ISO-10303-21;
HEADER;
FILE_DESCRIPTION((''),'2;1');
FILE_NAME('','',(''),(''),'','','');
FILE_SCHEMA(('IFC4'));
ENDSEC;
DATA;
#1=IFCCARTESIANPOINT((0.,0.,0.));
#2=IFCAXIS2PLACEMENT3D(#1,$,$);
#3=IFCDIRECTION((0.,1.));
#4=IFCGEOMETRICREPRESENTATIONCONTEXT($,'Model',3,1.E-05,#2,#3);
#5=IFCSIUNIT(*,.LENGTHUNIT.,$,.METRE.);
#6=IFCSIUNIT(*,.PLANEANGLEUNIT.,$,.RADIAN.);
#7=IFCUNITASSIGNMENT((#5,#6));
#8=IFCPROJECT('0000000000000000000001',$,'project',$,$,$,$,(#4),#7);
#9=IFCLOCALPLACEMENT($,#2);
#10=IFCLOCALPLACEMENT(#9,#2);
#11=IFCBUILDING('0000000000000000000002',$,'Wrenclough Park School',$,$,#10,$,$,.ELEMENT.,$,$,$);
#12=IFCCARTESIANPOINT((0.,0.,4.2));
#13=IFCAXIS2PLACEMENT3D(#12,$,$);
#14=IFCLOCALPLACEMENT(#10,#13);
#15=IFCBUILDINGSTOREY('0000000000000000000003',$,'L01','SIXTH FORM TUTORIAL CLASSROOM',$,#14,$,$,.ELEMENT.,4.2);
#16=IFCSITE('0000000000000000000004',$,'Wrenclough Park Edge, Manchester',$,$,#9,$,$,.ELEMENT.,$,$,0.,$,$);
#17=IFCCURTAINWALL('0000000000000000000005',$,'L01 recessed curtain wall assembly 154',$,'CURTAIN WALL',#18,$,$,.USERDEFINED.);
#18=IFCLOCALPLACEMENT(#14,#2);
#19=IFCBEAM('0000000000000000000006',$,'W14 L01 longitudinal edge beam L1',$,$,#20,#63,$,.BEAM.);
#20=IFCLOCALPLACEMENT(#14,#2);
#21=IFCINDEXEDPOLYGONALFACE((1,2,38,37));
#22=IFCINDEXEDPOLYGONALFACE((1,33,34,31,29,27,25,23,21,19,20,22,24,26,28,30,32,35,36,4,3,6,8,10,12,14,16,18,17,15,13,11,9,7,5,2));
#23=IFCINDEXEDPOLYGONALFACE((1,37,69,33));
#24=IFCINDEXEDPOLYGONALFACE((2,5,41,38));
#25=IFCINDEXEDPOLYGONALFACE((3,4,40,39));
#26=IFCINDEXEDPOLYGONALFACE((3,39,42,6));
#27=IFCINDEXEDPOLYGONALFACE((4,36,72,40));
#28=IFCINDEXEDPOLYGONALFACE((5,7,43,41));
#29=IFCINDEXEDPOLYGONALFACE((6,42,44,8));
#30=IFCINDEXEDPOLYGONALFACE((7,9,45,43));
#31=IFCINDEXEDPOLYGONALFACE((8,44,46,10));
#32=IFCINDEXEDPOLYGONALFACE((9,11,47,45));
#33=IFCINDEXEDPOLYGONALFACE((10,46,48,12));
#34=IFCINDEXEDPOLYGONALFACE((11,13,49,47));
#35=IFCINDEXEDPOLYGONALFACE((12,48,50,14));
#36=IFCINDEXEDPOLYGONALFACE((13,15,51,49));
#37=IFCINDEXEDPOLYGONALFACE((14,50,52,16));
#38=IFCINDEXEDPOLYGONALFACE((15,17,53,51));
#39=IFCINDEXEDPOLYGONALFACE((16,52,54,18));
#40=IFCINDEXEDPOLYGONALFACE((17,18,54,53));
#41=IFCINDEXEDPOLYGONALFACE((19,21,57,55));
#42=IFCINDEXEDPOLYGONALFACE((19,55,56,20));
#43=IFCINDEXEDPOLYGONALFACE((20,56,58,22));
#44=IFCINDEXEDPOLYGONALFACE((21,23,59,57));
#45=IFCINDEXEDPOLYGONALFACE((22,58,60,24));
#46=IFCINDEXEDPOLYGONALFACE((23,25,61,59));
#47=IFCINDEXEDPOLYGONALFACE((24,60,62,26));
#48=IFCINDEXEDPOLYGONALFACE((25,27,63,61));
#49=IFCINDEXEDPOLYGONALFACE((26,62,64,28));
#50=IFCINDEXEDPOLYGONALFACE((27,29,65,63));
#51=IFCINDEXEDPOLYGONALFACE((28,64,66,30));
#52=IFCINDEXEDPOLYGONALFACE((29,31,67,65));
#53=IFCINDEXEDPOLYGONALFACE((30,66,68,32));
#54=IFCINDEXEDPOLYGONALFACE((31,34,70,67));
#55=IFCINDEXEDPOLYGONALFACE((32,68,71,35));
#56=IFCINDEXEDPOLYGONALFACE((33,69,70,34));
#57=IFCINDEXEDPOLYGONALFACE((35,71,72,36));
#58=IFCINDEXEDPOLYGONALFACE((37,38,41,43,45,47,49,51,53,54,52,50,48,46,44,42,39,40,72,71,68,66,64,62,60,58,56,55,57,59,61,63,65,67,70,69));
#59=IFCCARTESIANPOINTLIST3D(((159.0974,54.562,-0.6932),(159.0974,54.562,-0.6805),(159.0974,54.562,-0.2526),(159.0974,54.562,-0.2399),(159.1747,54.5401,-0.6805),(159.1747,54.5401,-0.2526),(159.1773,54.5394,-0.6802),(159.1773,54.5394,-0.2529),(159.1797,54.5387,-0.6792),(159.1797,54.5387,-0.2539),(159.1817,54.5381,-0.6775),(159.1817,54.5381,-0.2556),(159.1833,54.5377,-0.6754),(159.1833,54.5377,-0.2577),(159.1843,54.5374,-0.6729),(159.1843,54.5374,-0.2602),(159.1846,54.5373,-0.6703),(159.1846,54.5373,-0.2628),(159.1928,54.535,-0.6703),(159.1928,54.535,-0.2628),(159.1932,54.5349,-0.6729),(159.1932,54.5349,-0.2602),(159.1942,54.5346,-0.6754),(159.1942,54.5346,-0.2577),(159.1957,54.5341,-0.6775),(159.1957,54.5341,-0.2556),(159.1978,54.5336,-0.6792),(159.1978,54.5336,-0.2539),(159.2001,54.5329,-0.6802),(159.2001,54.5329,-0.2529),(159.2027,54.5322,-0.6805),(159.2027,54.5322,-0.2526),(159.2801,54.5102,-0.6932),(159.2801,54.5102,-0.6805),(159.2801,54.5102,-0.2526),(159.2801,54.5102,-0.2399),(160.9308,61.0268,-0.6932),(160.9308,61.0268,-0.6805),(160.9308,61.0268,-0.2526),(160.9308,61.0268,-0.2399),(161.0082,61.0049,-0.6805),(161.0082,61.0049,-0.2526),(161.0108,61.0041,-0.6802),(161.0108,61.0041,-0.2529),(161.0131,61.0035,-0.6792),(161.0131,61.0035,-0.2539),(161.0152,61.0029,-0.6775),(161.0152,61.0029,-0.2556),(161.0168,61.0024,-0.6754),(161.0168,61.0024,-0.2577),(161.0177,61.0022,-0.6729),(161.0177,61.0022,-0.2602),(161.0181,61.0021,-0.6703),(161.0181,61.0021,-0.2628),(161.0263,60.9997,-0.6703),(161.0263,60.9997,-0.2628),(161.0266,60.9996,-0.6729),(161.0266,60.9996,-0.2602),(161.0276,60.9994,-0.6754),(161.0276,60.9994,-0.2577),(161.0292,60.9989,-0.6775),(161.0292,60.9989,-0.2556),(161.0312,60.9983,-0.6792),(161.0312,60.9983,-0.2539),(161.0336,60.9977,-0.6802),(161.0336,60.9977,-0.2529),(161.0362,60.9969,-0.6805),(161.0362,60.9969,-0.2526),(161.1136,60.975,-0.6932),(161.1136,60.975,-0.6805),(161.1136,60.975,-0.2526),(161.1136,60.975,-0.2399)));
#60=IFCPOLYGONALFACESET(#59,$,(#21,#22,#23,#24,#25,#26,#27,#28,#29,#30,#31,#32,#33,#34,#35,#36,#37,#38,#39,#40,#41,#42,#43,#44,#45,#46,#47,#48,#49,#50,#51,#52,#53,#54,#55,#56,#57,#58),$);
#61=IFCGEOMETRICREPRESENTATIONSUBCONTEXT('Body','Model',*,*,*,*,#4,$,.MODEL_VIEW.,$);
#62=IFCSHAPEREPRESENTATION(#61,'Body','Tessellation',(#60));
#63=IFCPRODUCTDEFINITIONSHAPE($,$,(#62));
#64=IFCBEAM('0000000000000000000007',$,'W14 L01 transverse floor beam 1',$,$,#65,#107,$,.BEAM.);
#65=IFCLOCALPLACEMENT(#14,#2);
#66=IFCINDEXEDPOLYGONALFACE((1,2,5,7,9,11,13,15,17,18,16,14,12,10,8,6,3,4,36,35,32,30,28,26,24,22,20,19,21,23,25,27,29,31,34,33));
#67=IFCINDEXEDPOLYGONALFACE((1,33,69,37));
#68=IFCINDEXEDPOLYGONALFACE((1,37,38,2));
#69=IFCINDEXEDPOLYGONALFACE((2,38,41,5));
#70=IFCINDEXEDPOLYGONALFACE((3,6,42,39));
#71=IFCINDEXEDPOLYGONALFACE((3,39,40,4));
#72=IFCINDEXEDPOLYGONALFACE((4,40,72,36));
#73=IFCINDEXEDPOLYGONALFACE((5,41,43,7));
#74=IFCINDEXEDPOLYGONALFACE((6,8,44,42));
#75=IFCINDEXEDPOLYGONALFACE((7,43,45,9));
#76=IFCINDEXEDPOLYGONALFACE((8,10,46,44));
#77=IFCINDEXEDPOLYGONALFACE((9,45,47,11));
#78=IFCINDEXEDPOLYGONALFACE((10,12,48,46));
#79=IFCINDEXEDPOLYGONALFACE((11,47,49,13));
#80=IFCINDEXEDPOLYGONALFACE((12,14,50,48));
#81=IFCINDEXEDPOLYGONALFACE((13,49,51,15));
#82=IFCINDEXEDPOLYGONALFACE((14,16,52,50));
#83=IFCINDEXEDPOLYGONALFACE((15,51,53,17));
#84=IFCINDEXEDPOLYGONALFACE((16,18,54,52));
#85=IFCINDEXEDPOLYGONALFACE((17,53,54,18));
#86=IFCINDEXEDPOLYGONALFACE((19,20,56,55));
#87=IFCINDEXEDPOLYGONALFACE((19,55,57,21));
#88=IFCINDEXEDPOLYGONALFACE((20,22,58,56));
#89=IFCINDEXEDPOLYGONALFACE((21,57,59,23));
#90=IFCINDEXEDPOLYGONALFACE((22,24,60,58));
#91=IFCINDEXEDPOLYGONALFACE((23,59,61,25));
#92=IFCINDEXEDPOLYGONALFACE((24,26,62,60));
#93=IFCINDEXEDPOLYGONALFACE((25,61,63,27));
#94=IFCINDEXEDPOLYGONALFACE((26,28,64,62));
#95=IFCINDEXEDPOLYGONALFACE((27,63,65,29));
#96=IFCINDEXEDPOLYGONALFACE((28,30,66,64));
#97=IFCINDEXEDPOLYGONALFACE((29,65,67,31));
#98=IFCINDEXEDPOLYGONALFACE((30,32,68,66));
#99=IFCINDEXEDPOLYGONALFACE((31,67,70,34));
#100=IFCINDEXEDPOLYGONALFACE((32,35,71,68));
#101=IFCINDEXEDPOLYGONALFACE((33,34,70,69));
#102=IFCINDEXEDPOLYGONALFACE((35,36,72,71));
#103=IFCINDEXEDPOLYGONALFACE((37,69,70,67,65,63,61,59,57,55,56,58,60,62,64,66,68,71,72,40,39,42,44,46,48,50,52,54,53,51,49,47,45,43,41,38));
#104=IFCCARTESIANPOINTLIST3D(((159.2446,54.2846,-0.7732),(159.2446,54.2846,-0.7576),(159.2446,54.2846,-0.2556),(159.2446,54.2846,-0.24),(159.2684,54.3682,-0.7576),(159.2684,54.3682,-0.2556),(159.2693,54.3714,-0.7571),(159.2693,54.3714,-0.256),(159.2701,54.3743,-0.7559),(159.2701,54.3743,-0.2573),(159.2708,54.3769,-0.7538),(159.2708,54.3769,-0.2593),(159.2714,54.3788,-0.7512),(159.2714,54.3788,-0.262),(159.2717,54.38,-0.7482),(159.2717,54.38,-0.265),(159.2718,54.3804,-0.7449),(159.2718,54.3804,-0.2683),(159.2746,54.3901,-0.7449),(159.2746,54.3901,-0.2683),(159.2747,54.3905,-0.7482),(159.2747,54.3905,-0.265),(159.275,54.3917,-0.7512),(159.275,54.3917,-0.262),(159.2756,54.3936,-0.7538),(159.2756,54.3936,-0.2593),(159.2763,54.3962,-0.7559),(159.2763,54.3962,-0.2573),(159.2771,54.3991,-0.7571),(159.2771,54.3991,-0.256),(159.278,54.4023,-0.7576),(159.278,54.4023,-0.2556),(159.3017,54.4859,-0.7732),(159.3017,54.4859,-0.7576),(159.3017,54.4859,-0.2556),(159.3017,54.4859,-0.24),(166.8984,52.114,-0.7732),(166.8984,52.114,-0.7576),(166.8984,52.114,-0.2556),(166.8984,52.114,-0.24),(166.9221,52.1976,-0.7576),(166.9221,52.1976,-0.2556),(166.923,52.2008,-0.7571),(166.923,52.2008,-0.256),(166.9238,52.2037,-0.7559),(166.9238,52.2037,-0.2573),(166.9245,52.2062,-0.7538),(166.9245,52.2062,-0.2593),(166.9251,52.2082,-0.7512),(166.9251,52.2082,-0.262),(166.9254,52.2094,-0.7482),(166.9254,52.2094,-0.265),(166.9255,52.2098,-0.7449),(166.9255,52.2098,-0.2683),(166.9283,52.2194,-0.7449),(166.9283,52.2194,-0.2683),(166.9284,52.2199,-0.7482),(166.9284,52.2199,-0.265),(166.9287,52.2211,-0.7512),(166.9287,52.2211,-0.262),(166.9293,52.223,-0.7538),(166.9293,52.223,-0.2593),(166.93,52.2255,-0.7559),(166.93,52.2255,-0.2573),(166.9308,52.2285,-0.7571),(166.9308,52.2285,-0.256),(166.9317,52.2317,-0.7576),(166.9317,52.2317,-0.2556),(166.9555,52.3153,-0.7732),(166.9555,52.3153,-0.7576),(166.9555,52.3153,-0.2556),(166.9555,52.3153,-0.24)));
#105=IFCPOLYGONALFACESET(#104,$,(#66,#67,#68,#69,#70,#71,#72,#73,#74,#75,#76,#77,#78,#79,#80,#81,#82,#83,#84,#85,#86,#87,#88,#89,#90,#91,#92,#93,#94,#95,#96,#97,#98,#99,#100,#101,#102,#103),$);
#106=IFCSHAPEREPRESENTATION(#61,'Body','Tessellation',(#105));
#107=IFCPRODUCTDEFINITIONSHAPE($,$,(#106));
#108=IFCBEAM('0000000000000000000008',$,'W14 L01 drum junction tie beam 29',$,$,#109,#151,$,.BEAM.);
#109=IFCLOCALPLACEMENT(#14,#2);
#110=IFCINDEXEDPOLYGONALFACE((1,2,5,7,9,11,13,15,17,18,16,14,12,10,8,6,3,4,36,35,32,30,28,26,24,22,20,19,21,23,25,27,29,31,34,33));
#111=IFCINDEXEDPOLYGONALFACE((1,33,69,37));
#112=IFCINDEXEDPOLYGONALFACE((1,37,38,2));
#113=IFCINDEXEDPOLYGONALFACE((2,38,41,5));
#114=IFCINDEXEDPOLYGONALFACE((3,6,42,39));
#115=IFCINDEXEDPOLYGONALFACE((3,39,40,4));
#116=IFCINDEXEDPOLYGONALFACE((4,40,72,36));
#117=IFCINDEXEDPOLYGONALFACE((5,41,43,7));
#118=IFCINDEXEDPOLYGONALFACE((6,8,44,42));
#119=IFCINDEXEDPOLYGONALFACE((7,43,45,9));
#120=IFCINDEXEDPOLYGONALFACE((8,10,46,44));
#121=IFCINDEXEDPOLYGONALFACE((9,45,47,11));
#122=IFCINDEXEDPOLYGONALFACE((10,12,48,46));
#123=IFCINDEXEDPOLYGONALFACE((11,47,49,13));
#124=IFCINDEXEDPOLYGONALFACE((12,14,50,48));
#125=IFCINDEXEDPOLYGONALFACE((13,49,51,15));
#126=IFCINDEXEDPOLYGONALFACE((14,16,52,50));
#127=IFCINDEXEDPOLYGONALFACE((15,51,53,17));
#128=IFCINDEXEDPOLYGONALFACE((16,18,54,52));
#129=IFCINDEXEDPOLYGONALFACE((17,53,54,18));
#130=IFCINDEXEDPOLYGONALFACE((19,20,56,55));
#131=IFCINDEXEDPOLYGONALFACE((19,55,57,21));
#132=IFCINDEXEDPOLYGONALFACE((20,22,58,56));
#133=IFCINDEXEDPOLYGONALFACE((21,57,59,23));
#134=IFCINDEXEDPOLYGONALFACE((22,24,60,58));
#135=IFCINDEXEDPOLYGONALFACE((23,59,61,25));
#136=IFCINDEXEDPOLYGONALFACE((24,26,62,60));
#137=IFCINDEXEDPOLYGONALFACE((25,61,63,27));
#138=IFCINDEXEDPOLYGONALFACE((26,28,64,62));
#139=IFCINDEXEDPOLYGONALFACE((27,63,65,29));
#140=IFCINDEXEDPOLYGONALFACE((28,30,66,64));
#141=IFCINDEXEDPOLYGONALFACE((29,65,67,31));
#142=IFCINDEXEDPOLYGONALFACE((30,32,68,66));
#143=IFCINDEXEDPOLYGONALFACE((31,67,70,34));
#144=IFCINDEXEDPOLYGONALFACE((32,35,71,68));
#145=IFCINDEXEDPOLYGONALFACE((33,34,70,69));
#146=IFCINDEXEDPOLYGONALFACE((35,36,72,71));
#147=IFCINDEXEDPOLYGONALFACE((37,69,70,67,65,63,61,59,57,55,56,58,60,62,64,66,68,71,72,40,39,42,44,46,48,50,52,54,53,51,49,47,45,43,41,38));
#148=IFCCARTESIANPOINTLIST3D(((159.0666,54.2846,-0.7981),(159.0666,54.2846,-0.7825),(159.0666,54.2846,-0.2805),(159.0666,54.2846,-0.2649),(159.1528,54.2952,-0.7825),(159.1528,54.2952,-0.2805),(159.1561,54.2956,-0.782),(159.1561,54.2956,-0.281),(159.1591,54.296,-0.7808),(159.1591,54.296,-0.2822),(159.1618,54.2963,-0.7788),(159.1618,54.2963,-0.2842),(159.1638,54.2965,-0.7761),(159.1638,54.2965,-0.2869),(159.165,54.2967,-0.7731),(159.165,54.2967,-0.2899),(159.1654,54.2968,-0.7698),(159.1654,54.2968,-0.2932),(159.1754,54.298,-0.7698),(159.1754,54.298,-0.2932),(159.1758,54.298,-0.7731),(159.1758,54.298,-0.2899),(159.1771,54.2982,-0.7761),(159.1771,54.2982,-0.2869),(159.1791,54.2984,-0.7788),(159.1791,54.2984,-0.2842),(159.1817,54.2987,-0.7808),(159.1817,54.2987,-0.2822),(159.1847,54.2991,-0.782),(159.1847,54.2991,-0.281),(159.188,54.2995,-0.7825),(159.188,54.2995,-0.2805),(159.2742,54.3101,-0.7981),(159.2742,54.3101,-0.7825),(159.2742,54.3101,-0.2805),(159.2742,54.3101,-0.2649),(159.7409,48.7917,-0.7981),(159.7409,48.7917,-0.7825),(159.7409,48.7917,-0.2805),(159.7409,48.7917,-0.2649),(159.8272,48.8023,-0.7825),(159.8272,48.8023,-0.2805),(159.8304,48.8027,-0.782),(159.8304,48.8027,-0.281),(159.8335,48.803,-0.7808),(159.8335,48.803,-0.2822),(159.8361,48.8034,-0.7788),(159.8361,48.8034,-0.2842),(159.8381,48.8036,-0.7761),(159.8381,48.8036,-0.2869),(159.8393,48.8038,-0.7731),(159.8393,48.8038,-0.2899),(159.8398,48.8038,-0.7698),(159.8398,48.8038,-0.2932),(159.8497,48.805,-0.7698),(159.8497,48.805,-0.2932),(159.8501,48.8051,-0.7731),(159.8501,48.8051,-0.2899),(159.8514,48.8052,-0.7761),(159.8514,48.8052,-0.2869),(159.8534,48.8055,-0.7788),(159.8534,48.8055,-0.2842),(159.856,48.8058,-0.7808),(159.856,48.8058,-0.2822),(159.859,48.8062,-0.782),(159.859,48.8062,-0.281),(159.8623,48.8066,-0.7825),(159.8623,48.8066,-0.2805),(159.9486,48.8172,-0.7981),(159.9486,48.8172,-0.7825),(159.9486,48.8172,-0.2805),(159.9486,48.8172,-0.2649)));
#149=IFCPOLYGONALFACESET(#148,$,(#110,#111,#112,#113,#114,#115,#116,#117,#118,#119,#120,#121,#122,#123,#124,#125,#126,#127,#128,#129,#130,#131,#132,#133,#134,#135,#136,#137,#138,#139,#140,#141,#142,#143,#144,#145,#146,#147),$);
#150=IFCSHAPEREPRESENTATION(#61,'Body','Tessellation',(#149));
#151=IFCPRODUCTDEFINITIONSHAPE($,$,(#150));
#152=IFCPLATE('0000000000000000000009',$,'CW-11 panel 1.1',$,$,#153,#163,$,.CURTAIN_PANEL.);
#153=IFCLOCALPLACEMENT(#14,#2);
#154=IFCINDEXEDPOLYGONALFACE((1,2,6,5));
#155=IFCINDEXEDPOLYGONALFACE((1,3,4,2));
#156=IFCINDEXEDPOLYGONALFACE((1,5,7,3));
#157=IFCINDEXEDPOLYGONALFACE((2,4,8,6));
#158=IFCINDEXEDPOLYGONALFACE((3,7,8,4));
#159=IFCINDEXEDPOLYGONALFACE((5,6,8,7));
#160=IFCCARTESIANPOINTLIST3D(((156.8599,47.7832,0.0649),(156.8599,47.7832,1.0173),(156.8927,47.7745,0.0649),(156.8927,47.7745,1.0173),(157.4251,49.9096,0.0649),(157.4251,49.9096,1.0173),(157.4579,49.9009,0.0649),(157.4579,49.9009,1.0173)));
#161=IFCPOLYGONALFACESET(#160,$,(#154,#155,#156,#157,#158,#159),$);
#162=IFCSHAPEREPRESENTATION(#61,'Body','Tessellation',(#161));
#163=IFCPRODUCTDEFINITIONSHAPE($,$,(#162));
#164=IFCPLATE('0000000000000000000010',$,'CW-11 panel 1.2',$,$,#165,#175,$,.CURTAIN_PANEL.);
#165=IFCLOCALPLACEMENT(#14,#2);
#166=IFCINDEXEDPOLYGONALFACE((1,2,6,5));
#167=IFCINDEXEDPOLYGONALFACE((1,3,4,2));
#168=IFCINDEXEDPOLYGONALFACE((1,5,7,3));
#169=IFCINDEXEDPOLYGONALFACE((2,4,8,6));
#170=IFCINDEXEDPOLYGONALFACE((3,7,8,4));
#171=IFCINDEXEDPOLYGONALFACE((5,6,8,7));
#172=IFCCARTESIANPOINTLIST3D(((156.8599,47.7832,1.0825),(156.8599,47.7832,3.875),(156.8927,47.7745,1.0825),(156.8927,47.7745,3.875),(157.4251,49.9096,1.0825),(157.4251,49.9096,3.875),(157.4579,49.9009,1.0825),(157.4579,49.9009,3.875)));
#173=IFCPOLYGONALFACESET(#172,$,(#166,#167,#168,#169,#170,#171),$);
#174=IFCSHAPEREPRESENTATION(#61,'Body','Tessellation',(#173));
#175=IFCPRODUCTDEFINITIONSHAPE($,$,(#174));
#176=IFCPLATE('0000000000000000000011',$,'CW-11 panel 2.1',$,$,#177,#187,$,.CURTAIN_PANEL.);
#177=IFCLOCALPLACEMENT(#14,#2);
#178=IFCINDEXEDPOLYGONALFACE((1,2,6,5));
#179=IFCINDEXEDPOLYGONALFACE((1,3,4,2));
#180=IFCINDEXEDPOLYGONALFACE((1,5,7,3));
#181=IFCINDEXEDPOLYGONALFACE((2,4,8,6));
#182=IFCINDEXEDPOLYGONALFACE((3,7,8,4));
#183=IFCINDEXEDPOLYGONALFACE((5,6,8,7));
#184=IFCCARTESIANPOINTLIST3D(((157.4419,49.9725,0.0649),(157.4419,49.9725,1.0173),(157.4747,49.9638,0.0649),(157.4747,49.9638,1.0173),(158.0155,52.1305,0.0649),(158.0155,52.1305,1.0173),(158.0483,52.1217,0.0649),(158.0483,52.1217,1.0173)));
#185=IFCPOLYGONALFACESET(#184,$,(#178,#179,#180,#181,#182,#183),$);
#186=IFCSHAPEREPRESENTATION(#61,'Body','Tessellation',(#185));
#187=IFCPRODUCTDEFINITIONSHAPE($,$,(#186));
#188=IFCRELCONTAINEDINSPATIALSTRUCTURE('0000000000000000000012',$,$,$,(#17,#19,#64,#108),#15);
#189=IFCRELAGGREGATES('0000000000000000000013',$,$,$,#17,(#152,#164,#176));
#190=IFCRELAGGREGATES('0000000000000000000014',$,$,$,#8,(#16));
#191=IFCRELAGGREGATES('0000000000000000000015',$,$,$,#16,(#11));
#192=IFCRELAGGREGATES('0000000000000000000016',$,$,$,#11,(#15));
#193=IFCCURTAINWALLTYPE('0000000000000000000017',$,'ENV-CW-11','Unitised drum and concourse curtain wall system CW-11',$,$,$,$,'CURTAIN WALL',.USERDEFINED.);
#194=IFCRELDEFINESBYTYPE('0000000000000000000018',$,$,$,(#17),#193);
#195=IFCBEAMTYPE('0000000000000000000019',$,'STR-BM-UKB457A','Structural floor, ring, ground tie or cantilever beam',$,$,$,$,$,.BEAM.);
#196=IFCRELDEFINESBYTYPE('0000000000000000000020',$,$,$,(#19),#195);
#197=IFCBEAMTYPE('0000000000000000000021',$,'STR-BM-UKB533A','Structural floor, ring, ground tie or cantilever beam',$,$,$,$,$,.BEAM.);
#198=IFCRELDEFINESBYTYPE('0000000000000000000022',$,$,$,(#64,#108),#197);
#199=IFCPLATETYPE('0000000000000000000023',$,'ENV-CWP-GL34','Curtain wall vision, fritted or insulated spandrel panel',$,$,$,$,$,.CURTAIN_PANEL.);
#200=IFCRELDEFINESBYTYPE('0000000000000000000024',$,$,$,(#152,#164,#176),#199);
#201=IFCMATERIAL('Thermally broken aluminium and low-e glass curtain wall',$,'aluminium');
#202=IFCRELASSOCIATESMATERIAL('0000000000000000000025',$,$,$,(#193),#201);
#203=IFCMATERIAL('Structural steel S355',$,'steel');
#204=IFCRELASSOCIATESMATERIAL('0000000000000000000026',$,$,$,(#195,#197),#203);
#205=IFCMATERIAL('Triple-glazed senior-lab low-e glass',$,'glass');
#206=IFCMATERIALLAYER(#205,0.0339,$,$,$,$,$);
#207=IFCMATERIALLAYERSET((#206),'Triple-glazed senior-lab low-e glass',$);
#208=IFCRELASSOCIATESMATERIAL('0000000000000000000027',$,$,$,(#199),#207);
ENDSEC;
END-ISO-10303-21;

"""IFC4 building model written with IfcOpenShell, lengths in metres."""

from ifc_helpers import new_model, si_unit, direction, frame, origin, origin_2d, place, context, subcontext, project, spatial, rectangle, i_section, extrude, material, layer, layer_set, material_profile, profile_set, type_object, element, aggregate, save


model = new_model("IFC4")

# Units and contexts
model_context = context("Model", 3, precision=1e-05, world=origin(), true_north=direction((0.0, 1.0)))
body_context = subcontext(model_context, "Body", "Model", "MODEL_VIEW")
ifc_project = project(units=[si_unit("LENGTHUNIT", "METRE"), si_unit("PLANEANGLEUNIT", "RADIAN")], contexts=[model_context])

# Site, building, storey
site_placement = place(None, origin())
site = spatial("IfcSite", under=ifc_project, at=site_placement, Name="Wrenclough Park Edge, Manchester", CompositionType="ELEMENT", RefElevation=0.0)
building_placement = place(site_placement, origin())
building = spatial("IfcBuilding", under=site, at=building_placement, Name="Wrenclough Park School", CompositionType="ELEMENT")
storey_placement = place(building_placement, frame((0.0, 0.0, 4.2)))
storey = spatial("IfcBuildingStorey", under=building, at=storey_placement, Name="L01", Description="SIXTH FORM TUTORIAL CLASSROOM", CompositionType="ELEMENT", Elevation=4.2)

# Shared definitions
ifc_material_1 = material(Name="Structural steel S355", Category="steel")

# Curtain wall
ifc_material_2 = material(Name="Thermally broken aluminium and low-e glass curtain wall", Category="aluminium")
curtain_wall_type = type_object("IfcCurtainWallType", Name="ENV-CW-11", Description="Unitised drum and concourse curtain wall system CW-11", ElementType="CURTAIN WALL", PredefinedType="USERDEFINED", material=ifc_material_2)
curtain_wall_placement = place(storey_placement, origin())
curtain_wall = element("IfcCurtainWall", 1, at=curtain_wall_placement, inside=storey, type_object=curtain_wall_type, Name="L01 recessed curtain wall assembly 154", ObjectType="CURTAIN WALL", PredefinedType="USERDEFINED")

# Beams
ifc_material_profile_1 = material_profile(ifc_material_1, i_section(OverallWidth=0.1899, OverallDepth=0.4534, WebThickness=0.0085, FlangeThickness=0.0127, FilletRadius=0.0103, at=origin_2d()), Name="UKB 457x191x67")
ifc_profile_set_1 = profile_set([ifc_material_profile_1], Name="Structural steel S355")
beam_type_1 = type_object("IfcBeamType", Name="STR-BM-UKB457A", Description="Structural floor, ring, ground tie or cantilever beam", PredefinedType="BEAM", material=ifc_profile_set_1)
beam_1_placement = place(storey_placement, frame((159.1887, 54.5361, -0.4666), z_axis=(0.272849, 0.962057, 0.0), x_axis=(-0.962057, 0.272849, 0.0)))
element("IfcBeam", 2, at=beam_1_placement, inside=storey, type_object=beam_type_1, Name="W14 L01 longitudinal edge beam L1", PredefinedType="BEAM", context=body_context, shape_type="SweptSolid", body=[
    extrude(i_section(OverallWidth=0.1899, OverallDepth=0.4534, WebThickness=0.0085, FlangeThickness=0.0127, FilletRadius=0.0103, at=origin_2d()), origin(), (0.0, 0.0, 1.0), 6.7197),
])
ifc_material_profile_2 = material_profile(ifc_material_1, i_section(OverallWidth=0.2092, OverallDepth=0.5332, WebThickness=0.01, FlangeThickness=0.0156, FilletRadius=0.0127, at=origin_2d()), Name="UKB 533x210x92")
ifc_profile_set_2 = profile_set([ifc_material_profile_2], Name="Structural steel S355")
beam_type_2 = type_object("IfcBeamType", Name="STR-BM-UKB533A", Description="Structural floor, ring, ground tie or cantilever beam", PredefinedType="BEAM", material=ifc_profile_set_2)
beam_2_placement = place(storey_placement, frame((159.2732, 54.3853, -0.5066), z_axis=(0.962058, -0.272844, 0.0), x_axis=(0.272844, 0.962058, 0.0)))
element("IfcBeam", 3, at=beam_2_placement, inside=storey, type_object=beam_type_2, Name="W14 L01 transverse floor beam 1", PredefinedType="BEAM", context=body_context, shape_type="SweptSolid", body=[
    extrude(i_section(OverallWidth=0.2092, OverallDepth=0.5332, WebThickness=0.01, FlangeThickness=0.0156, FilletRadius=0.0127, at=origin_2d()), origin(), (0.0, 0.0, 1.0), 7.9556),
])
beam_3_placement = place(storey_placement, frame((159.1704, 54.2974, -0.5315), z_axis=(0.121846, -0.992549, 0.0), x_axis=(0.992549, 0.121846, 0.0)))
element("IfcBeam", 4, at=beam_3_placement, inside=storey, type_object=beam_type_2, Name="W14 L01 drum junction tie beam 29", PredefinedType="BEAM", context=body_context, shape_type="SweptSolid", body=[
    extrude(i_section(OverallWidth=0.2092, OverallDepth=0.5332, WebThickness=0.01, FlangeThickness=0.0156, FilletRadius=0.0127, at=origin_2d()), origin(), (0.0, 0.0, 1.0), 5.5342),
])

# Plates
ifc_material_3 = material(Name="Triple-glazed senior-lab low-e glass", Category="glass")
ifc_layer_1 = layer(ifc_material_3, 0.0339)
ifc_layer_set_1 = layer_set([ifc_layer_1], Name="Triple-glazed senior-lab low-e glass")
plate_type_1 = type_object("IfcPlateType", Name="ENV-CWP-GL34", Description="Curtain wall vision, fritted or insulated spandrel panel", PredefinedType="CURTAIN_PANEL", material=ifc_layer_set_1)
plate_1_placement = place(storey_placement, frame((157.1589, 48.842, 0.0649), z_axis=(0.0, 0.0, 1.0), x_axis=(0.256896, 0.966439, 0.0)))
plate_1 = element("IfcPlate", 5, at=plate_1_placement, type_object=plate_type_1, Name="CW-11 panel 1.1", PredefinedType="CURTAIN_PANEL", context=body_context, shape_type="SweptSolid", body=[
    extrude(rectangle(XDim=2.2002, YDim=0.0339, at=origin_2d()), origin(), (0.0, 0.0, 1.0), 0.9524),
])
plate_2_placement = place(storey_placement, frame((157.1589, 48.842, 1.0825), z_axis=(0.0, 0.0, 1.0), x_axis=(0.256896, 0.966439, 0.0)))
plate_2 = element("IfcPlate", 6, at=plate_2_placement, type_object=plate_type_1, Name="CW-11 panel 1.2", PredefinedType="CURTAIN_PANEL", context=body_context, shape_type="SweptSolid", body=[
    extrude(rectangle(XDim=2.2002, YDim=0.0339, at=origin_2d()), origin(), (0.0, 0.0, 1.0), 2.7925),
])
plate_3_placement = place(storey_placement, frame((157.7451, 51.0471, 0.0649), z_axis=(0.0, 0.0, 1.0), x_axis=(0.256896, 0.966439, 0.0)))
plate_3 = element("IfcPlate", 7, at=plate_3_placement, type_object=plate_type_1, Name="CW-11 panel 2.1", PredefinedType="CURTAIN_PANEL", context=body_context, shape_type="SweptSolid", body=[
    extrude(rectangle(XDim=2.2329, YDim=0.0339, at=origin_2d()), origin(), (0.0, 0.0, 1.0), 0.9524),
])
aggregate(curtain_wall, [plate_1, plate_2, plate_3])

save(model, "model.ifc")
